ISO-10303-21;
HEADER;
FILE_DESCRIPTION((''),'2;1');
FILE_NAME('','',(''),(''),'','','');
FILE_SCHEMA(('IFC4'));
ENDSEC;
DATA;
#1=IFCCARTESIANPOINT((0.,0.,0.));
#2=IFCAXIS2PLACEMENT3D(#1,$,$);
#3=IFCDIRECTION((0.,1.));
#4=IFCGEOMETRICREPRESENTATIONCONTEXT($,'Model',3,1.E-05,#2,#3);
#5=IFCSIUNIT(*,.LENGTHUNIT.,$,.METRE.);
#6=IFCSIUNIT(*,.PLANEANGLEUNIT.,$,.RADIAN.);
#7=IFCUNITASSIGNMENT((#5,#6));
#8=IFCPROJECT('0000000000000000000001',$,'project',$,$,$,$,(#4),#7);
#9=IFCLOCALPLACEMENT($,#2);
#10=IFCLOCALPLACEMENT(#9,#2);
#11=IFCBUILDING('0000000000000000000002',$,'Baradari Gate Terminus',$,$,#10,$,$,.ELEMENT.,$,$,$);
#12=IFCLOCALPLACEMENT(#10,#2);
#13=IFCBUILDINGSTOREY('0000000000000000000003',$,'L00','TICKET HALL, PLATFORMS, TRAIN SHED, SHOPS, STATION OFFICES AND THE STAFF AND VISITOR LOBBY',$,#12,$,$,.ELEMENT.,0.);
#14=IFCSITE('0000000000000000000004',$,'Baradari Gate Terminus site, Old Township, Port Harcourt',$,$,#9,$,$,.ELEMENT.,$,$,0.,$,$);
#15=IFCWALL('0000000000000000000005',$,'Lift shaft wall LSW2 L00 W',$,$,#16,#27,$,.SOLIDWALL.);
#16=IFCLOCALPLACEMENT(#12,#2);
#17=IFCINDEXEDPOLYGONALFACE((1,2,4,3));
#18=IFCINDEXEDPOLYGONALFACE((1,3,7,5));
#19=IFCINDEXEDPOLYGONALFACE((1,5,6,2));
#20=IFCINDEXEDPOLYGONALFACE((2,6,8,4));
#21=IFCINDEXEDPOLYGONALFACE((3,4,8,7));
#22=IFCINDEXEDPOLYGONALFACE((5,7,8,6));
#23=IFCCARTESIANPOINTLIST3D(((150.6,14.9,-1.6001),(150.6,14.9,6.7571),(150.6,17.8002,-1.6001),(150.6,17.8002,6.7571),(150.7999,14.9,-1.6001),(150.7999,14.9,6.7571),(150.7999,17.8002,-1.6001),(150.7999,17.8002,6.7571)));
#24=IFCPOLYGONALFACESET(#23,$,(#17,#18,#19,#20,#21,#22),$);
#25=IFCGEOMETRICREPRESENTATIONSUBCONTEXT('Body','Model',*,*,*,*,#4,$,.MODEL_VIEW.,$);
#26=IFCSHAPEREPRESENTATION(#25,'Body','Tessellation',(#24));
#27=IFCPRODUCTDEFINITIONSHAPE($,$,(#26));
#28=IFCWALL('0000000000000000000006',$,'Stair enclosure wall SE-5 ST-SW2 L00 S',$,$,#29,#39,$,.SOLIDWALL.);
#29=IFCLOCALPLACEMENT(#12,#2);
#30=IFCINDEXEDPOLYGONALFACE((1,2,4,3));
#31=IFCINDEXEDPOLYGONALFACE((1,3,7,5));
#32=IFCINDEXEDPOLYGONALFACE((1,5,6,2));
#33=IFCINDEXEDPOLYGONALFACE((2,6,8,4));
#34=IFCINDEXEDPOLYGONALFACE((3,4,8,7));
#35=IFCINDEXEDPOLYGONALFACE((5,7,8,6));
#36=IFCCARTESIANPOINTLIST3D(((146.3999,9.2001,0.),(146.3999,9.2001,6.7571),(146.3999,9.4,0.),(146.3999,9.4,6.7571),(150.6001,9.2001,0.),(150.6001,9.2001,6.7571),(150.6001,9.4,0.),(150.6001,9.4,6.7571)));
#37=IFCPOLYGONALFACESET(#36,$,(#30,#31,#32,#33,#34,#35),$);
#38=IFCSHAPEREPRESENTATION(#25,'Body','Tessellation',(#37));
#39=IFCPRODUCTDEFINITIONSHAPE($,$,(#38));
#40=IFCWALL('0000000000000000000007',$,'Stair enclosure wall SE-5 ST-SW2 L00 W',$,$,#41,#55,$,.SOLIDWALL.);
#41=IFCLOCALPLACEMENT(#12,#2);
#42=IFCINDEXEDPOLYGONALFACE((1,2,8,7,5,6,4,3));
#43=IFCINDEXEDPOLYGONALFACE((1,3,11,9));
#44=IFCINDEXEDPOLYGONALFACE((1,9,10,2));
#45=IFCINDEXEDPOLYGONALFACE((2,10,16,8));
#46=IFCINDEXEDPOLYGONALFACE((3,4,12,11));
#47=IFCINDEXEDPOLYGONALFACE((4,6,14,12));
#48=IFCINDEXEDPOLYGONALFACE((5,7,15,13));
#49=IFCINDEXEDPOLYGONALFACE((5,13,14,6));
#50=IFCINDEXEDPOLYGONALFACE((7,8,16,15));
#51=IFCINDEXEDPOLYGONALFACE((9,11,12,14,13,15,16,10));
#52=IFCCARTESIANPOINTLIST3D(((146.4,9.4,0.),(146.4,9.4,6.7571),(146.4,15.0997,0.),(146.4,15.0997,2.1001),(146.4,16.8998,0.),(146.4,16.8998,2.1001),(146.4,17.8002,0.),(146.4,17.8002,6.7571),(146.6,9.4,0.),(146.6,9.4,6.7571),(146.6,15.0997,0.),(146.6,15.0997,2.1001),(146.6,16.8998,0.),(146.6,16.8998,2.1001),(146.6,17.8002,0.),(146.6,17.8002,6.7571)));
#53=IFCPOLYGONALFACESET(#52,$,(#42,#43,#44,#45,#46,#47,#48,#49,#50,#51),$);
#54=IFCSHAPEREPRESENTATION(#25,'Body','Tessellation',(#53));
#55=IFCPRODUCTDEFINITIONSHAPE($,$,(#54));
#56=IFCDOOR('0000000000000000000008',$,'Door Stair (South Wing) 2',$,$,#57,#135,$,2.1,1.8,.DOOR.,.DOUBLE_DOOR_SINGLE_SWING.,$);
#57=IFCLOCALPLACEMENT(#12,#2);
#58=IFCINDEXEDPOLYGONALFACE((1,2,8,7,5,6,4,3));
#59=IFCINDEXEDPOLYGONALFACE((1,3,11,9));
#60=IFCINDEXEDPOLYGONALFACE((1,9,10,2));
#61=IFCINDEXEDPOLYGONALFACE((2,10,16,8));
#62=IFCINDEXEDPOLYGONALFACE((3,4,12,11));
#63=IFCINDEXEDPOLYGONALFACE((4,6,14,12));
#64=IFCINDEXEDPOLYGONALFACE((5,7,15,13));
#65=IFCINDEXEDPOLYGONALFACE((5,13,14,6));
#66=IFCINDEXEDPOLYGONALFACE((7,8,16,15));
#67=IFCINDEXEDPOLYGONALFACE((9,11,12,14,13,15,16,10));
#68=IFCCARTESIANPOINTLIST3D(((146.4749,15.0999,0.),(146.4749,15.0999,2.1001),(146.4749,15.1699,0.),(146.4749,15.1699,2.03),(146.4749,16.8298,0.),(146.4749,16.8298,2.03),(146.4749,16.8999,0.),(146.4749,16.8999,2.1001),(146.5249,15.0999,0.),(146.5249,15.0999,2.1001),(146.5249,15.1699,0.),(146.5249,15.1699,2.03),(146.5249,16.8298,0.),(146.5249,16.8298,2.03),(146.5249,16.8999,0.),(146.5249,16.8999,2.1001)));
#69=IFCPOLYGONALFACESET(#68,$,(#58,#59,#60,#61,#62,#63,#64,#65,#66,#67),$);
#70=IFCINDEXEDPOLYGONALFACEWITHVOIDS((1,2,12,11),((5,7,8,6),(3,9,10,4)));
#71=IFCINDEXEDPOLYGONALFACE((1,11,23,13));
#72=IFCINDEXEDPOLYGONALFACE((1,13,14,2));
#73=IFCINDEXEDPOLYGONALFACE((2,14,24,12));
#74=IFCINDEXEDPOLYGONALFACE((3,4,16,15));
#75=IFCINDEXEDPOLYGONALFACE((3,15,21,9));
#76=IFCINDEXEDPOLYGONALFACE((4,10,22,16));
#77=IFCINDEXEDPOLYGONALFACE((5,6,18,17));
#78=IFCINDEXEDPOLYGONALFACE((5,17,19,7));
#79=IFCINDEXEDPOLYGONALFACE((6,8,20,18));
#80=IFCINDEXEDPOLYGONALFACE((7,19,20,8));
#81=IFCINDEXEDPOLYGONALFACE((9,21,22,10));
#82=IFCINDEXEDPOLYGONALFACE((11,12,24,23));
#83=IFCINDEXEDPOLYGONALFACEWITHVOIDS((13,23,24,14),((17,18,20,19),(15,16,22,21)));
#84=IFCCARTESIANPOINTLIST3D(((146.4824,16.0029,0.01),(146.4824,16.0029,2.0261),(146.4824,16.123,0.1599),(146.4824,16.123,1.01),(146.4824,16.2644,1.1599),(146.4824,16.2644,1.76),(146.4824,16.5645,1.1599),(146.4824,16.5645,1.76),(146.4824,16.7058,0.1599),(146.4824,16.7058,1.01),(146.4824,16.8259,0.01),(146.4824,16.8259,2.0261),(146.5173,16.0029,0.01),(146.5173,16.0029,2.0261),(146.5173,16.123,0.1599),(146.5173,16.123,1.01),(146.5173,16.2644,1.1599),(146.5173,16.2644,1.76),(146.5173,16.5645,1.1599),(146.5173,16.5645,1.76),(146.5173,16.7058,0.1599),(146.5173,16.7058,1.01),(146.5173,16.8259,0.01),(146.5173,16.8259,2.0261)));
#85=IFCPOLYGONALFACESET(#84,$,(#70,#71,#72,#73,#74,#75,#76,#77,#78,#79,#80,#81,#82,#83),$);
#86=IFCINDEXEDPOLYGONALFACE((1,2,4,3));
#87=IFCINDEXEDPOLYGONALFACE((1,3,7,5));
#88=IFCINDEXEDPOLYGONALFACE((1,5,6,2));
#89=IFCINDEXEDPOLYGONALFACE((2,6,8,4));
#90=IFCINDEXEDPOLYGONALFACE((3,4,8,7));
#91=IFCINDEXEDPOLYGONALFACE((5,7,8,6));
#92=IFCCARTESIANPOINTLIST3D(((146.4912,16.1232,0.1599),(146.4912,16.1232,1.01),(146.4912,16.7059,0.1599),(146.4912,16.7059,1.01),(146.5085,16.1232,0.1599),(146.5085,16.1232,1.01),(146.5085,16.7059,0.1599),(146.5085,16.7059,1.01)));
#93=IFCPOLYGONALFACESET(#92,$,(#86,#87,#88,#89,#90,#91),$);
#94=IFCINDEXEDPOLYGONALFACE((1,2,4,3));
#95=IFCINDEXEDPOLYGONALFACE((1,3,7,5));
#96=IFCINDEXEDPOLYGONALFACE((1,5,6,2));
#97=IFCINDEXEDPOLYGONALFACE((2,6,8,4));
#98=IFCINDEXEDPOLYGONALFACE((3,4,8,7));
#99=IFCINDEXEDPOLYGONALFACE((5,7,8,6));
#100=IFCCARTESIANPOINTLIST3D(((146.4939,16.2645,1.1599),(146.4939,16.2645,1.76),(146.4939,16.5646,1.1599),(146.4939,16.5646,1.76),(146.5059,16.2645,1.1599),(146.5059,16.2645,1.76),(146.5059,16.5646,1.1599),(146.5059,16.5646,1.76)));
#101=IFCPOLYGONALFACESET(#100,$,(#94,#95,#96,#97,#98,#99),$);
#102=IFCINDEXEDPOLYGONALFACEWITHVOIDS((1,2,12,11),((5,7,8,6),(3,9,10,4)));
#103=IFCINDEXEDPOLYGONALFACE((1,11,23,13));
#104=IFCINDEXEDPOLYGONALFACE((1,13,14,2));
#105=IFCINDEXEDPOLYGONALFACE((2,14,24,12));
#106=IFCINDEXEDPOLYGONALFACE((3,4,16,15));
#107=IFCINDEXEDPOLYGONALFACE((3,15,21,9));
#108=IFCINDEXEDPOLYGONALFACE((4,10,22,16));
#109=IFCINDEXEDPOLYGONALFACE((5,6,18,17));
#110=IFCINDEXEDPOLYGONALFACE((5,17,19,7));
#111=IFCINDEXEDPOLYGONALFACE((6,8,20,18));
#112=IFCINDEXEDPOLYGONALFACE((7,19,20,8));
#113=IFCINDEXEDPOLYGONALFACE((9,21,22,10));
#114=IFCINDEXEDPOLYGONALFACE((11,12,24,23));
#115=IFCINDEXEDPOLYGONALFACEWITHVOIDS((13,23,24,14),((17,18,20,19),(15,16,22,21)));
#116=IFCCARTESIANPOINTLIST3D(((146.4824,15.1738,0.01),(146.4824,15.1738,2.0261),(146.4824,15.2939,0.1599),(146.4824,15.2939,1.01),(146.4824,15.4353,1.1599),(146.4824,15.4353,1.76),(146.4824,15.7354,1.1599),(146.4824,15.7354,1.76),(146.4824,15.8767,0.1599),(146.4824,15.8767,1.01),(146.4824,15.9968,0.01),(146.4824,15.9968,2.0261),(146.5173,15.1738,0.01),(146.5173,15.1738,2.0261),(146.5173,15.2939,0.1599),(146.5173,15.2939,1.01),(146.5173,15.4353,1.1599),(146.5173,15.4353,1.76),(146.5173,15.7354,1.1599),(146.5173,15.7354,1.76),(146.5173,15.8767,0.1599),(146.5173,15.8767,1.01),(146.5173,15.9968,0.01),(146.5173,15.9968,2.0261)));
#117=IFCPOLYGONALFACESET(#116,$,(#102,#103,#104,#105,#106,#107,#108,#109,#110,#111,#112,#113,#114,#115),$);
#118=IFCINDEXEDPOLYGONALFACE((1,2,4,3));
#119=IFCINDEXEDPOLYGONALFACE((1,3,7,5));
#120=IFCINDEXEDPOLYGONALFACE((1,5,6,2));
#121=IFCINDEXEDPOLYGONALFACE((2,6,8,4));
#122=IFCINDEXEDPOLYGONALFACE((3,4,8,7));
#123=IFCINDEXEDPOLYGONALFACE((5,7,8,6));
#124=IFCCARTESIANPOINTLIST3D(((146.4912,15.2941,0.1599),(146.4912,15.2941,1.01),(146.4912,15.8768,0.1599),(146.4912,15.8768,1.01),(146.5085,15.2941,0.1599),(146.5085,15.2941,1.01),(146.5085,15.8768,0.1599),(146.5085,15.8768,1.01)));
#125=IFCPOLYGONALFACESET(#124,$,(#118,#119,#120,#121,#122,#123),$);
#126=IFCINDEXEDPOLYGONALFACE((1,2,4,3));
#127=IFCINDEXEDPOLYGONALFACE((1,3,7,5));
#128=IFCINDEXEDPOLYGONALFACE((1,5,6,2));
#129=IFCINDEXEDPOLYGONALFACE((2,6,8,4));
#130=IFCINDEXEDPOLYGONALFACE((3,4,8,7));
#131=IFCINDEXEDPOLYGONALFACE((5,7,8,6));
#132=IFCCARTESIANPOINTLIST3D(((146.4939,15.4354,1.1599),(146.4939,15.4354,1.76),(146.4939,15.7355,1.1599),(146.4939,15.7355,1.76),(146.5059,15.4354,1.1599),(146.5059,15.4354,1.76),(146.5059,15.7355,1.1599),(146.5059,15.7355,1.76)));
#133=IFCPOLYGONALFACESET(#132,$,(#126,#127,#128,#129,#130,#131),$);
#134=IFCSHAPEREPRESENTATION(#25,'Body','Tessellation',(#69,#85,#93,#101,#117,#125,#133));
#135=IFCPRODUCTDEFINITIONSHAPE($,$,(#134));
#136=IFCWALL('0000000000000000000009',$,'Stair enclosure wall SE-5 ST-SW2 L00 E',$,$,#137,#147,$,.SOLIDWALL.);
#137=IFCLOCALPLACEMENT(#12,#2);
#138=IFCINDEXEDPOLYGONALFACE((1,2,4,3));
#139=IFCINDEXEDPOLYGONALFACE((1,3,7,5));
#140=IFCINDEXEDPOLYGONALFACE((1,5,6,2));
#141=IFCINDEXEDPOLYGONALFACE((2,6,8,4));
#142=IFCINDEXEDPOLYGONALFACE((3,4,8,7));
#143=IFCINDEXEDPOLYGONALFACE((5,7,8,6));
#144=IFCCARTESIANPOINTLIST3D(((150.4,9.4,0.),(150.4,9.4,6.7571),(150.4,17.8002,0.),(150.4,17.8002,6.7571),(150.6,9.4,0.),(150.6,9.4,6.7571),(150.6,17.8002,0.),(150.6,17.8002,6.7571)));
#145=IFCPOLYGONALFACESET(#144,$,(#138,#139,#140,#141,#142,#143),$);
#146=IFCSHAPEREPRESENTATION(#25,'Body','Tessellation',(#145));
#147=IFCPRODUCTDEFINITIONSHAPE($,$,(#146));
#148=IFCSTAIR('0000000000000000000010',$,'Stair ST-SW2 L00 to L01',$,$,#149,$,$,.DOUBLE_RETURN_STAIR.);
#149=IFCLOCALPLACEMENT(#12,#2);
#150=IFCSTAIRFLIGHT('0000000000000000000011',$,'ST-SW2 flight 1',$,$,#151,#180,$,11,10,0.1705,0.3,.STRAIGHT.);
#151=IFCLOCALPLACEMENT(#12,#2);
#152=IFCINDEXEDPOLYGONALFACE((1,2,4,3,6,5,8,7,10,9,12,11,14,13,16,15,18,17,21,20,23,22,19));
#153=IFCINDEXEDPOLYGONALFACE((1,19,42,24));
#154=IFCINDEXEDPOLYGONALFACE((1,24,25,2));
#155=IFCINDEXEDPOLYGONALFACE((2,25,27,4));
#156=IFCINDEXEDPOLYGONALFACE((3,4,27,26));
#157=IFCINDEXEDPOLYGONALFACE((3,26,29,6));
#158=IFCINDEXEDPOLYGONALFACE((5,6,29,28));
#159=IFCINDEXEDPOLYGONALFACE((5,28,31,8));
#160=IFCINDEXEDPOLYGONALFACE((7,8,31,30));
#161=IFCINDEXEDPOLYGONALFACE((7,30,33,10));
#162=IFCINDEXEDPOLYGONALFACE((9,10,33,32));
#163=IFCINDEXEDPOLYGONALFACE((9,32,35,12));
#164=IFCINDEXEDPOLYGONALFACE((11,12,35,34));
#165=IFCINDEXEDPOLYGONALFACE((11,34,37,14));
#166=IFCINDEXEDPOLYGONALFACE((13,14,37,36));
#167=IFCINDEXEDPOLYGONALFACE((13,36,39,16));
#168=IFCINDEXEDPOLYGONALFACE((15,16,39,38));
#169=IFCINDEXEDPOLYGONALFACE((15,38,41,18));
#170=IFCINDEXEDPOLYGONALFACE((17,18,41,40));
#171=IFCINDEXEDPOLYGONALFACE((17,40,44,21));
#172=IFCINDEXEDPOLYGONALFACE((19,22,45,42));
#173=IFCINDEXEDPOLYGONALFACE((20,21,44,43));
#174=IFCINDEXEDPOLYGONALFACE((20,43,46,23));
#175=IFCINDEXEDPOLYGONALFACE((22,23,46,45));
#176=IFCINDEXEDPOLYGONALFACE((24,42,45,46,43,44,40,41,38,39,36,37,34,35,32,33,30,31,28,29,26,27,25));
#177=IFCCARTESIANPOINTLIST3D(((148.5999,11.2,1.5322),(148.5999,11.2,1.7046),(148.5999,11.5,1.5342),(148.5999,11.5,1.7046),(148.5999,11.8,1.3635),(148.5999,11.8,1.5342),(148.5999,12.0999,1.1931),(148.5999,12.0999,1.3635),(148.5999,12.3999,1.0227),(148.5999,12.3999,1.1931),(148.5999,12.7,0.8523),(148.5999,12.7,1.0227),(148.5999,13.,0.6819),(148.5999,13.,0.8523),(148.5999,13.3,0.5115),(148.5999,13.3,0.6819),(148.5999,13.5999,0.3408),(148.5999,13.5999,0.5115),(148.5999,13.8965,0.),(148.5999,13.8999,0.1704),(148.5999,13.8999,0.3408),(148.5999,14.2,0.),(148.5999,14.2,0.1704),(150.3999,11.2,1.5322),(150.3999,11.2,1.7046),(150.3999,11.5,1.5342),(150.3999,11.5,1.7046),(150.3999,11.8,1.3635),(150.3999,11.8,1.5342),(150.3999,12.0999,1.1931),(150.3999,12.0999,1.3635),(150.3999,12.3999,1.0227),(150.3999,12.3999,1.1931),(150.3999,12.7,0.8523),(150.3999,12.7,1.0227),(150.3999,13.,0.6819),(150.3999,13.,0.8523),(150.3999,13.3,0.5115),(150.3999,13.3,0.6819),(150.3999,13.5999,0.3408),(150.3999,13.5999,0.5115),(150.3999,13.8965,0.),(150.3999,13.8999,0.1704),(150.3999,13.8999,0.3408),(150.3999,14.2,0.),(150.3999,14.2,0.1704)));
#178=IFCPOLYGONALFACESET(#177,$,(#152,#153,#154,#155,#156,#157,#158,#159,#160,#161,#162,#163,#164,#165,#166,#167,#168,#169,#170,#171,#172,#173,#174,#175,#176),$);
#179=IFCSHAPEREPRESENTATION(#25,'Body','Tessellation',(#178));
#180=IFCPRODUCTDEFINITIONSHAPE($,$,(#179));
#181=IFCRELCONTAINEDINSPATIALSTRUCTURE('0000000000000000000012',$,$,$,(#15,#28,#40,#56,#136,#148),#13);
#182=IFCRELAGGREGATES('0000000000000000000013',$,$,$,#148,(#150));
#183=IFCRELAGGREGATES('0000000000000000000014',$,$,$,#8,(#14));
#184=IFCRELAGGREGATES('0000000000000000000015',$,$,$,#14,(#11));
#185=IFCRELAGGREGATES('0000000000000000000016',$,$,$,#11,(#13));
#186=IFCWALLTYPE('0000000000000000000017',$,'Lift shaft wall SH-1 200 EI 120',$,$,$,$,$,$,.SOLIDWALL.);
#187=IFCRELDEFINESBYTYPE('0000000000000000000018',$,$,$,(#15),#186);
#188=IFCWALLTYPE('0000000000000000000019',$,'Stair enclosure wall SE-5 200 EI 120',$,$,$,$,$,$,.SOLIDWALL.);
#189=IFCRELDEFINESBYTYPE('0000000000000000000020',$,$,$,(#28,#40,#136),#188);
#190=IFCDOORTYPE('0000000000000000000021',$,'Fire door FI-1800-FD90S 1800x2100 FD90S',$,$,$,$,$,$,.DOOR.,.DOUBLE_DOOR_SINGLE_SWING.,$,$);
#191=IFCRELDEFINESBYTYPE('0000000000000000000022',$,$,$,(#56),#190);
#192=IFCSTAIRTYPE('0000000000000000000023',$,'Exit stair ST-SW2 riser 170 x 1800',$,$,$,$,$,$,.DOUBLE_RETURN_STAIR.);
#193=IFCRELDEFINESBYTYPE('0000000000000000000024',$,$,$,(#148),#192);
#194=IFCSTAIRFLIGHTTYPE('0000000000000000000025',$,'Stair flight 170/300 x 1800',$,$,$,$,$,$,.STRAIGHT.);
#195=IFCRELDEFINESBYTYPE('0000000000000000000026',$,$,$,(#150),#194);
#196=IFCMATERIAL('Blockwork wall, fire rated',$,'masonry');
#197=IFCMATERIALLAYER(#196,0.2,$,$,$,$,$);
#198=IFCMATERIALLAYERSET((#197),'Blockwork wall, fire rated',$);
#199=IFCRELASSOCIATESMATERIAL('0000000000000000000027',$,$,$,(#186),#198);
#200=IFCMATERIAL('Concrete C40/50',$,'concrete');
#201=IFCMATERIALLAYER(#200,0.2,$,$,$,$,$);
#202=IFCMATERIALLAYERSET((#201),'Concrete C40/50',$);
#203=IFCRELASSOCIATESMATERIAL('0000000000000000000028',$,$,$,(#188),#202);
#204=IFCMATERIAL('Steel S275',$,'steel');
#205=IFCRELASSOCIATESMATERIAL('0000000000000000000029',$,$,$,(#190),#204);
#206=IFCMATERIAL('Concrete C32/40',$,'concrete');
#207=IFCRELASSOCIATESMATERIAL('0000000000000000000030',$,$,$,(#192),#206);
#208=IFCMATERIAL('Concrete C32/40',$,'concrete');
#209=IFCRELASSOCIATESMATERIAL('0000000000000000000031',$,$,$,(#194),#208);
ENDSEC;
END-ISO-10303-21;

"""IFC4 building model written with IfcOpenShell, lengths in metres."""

from ifc_helpers import new_model, si_unit, direction, frame, frame_2d, origin, place, context, subcontext, project, spatial, polyline, rectangle, outline, extrude, material, layer, layer_set, type_object, element, fill, aggregate, save


model = new_model("IFC4")

# Units and contexts
model_context = context("Model", 3, precision=1e-05, world=origin(), true_north=direction((0.0, 1.0)))
body_context = subcontext(model_context, "Body", "Model", "MODEL_VIEW")
ifc_project = project(units=[si_unit("LENGTHUNIT", "METRE"), si_unit("PLANEANGLEUNIT", "RADIAN")], contexts=[model_context])

# Site, building, storey
site_placement = place(None, origin())
site = spatial("IfcSite", under=ifc_project, at=site_placement, Name="Baradari Gate Terminus site, Old Township, Port Harcourt", CompositionType="ELEMENT", RefElevation=0.0)
building_placement = place(site_placement, origin())
building = spatial("IfcBuilding", under=site, at=building_placement, Name="Baradari Gate Terminus", CompositionType="ELEMENT")
storey_placement = place(building_placement, origin())
storey = spatial("IfcBuildingStorey", under=building, at=storey_placement, Name="L00", Description="TICKET HALL, PLATFORMS, TRAIN SHED, SHOPS, STATION OFFICES AND THE STAFF AND VISITOR LOBBY", CompositionType="ELEMENT", Elevation=0.0)

# Wall
ifc_material_1 = material(Name="Blockwork wall, fire rated", Category="masonry")
ifc_layer_1 = layer(ifc_material_1, 0.2)
ifc_layer_set_1 = layer_set([ifc_layer_1], Name="Blockwork wall, fire rated")
wall_type_1 = type_object("IfcWallType", Name="Lift shaft wall SH-1 200 EI 120", PredefinedType="SOLIDWALL", material=ifc_layer_set_1)
wall_1_placement = place(storey_placement, frame((150.7, 14.8999, -1.6001), z_axis=(0.0, 0.0, 1.0), x_axis=(0.0, 1.0, 0.0)))
element("IfcWall", 1, at=wall_1_placement, inside=storey, type_object=wall_type_1, Name="Lift shaft wall LSW2 L00 W", PredefinedType="SOLIDWALL", context=body_context, shape_type="SweptSolid", body=[
    extrude(rectangle(XDim=2.9001, YDim=0.2, at=frame_2d((1.4502, 0.0))), origin(), (0.0, 0.0, 1.0), 8.3572),
])

# Wall
ifc_material_2 = material(Name="Concrete C40/50", Category="concrete")
ifc_layer_2 = layer(ifc_material_2, 0.2)
ifc_layer_set_2 = layer_set([ifc_layer_2], Name="Concrete C40/50")
wall_type_2 = type_object("IfcWallType", Name="Stair enclosure wall SE-5 200 EI 120", PredefinedType="SOLIDWALL", material=ifc_layer_set_2)
wall_2_placement = place(storey_placement, frame((146.3999, 9.3, 0.0), z_axis=(0.0, 0.0, 1.0), x_axis=(1.0, 0.0, 0.0)))
element("IfcWall", 2, at=wall_2_placement, inside=storey, type_object=wall_type_2, Name="Stair enclosure wall SE-5 ST-SW2 L00 S", PredefinedType="SOLIDWALL", context=body_context, shape_type="SweptSolid", body=[
    extrude(rectangle(XDim=4.2002, YDim=0.2, at=frame_2d((2.1001, 0.0))), origin(), (0.0, 0.0, 1.0), 6.7571),
])

# Wall, opening, door
wall_3_placement = place(storey_placement, frame((146.5, 9.3999, 0.0), z_axis=(0.0, 0.0, 1.0), x_axis=(0.0, 1.0, 0.0)))
wall_3 = element("IfcWall", 3, at=wall_3_placement, inside=storey, type_object=wall_type_2, Name="Stair enclosure wall SE-5 ST-SW2 L00 W", PredefinedType="SOLIDWALL", context=body_context, shape_type="SweptSolid", body=[
    extrude(rectangle(XDim=8.4001, YDim=0.2, at=frame_2d((4.2002, 0.0))), origin(), (0.0, 0.0, 1.0), 6.7571),
])
opening_1_placement = place(wall_3_placement, frame((5.7, 0.0, 0.0)))
opening_1 = element("IfcOpeningElement", 4, at=opening_1_placement, cuts=wall_3, PredefinedType="OPENING", context=body_context, shape_type="SweptSolid", body=[
    extrude(rectangle(XDim=1.8, YDim=2.1001, at=frame_2d((0.8999, 1.05))), frame((0.0, 0.1099, 0.0), z_axis=(0.0, -1.0, 0.0), x_axis=(1.0, 0.0, 0.0)), (0.0, 0.0, 1.0), 0.22),
])
ifc_material_3 = material(Name="Steel S275", Category="steel")
door_type = type_object("IfcDoorType", Name="Fire door FI-1800-FD90S 1800x2100 FD90S", OperationType="DOUBLE_DOOR_SINGLE_SWING", PredefinedType="DOOR", material=ifc_material_3)
door_placement = place(opening_1_placement, frame((1.8, 0.0, 0.0), z_axis=(0.0, 0.0, 1.0), x_axis=(-1.0, 0.0, 0.0)))
door = element("IfcDoor", 5, at=door_placement, inside=storey, type_object=door_type, Name="Door Stair (South Wing) 2", OperationType="DOUBLE_DOOR_SINGLE_SWING", OverallHeight=2.1, OverallWidth=1.8, PredefinedType="DOOR", context=body_context, shape_type="SweptSolid", body=[
    extrude(outline(polyline([(0.0, 0.0), (0.0701, 0.0), (0.0701, 2.03), (1.73, 2.03), (1.73, 0.0), (1.8, 0.0), (1.8, 2.1001), (0.0, 2.1001), (0.0, 0.0)])), frame((0.0, 0.0249, 0.0), z_axis=(0.0, -1.0, 0.0), x_axis=(1.0, 0.0, 0.0)), (0.0, 0.0, 1.0), 0.05),
    extrude(outline(polyline([(0.074, 0.01), (0.897, 0.01), (0.897, 2.0261), (0.074, 2.0261), (0.074, 0.01)]), holes=[polyline([(0.1941, 0.1599), (0.7769, 0.1599), (0.7769, 1.01), (0.1941, 1.01), (0.1941, 0.1599)]), polyline([(0.3354, 1.1599), (0.6355, 1.1599), (0.6355, 1.76), (0.3354, 1.76), (0.3354, 1.1599)])]), frame((0.0, 0.0173, 0.0), z_axis=(0.0, -1.0, 0.0), x_axis=(1.0, 0.0, 0.0)), (0.0, 0.0, 1.0), 0.0349),
    extrude(rectangle(XDim=0.5828, YDim=0.8501, at=frame_2d((0.4854, 0.585))), frame((0.0, 0.0085, 0.0), z_axis=(0.0, -1.0, 0.0), x_axis=(1.0, 0.0, 0.0)), (0.0, 0.0, 1.0), 0.0173),
    extrude(rectangle(XDim=0.3, YDim=0.6001, at=frame_2d((0.4854, 1.46))), frame((0.0, 0.0059, 0.0), z_axis=(0.0, -1.0, 0.0), x_axis=(1.0, 0.0, 0.0)), (0.0, 0.0, 1.0), 0.012),
    extrude(outline(polyline([(0.9031, 0.01), (1.7261, 0.01), (1.7261, 2.0261), (0.9031, 2.0261), (0.9031, 0.01)]), holes=[polyline([(1.0232, 0.1599), (1.606, 0.1599), (1.606, 1.01), (1.0232, 1.01), (1.0232, 0.1599)]), polyline([(1.1646, 1.1599), (1.4646, 1.1599), (1.4646, 1.76), (1.1646, 1.76), (1.1646, 1.1599)])]), frame((0.0, 0.0173, 0.0), z_axis=(0.0, -1.0, 0.0), x_axis=(1.0, 0.0, 0.0)), (0.0, 0.0, 1.0), 0.0349),
    extrude(rectangle(XDim=0.5828, YDim=0.8501, at=frame_2d((1.3145, 0.585))), frame((0.0, 0.0085, 0.0), z_axis=(0.0, -1.0, 0.0), x_axis=(1.0, 0.0, 0.0)), (0.0, 0.0, 1.0), 0.0173),
    extrude(rectangle(XDim=0.3, YDim=0.6001, at=frame_2d((1.3145, 1.46))), frame((0.0, 0.0059, 0.0), z_axis=(0.0, -1.0, 0.0), x_axis=(1.0, 0.0, 0.0)), (0.0, 0.0, 1.0), 0.012),
])
fill(opening_1, door)

# Wall
wall_4_placement = place(storey_placement, frame((150.5, 9.3999, 0.0), z_axis=(0.0, 0.0, 1.0), x_axis=(0.0, 1.0, 0.0)))
element("IfcWall", 6, at=wall_4_placement, inside=storey, type_object=wall_type_2, Name="Stair enclosure wall SE-5 ST-SW2 L00 E", PredefinedType="SOLIDWALL", context=body_context, shape_type="SweptSolid", body=[
    extrude(rectangle(XDim=8.4001, YDim=0.2, at=frame_2d((4.2002, 0.0))), origin(), (0.0, 0.0, 1.0), 6.7571),
])

# Stair, stair flight
ifc_material_4 = material(Name="Concrete C32/40", Category="concrete")
stair_type = type_object("IfcStairType", Name="Exit stair ST-SW2 riser 170 x 1800", PredefinedType="DOUBLE_RETURN_STAIR", material=ifc_material_4)
stair_placement = place(storey_placement, origin())
stair = element("IfcStair", 7, at=stair_placement, inside=storey, type_object=stair_type, Name="Stair ST-SW2 L00 to L01", PredefinedType="DOUBLE_RETURN_STAIR")
ifc_material_5 = material(Name="Concrete C32/40", Category="concrete")
stair_flight_type = type_object("IfcStairFlightType", Name="Stair flight 170/300 x 1800", PredefinedType="STRAIGHT", material=ifc_material_5)
stair_flight_1_placement = place(storey_placement, frame((149.5, 14.2, 0.0), z_axis=(0.0, 0.0, 1.0), x_axis=(0.0, -1.0, 0.0)))
stair_flight_1 = element("IfcStairFlight", 8, at=stair_flight_1_placement, type_object=stair_flight_type, Name="ST-SW2 flight 1", NumberOfRisers=11, NumberOfTreads=10, PredefinedType="STRAIGHT", RiserHeight=0.1705, TreadLength=0.3, context=body_context, shape_type="SweptSolid", body=[
    extrude(outline(polyline([(0.0, 0.0), (0.0, 0.1704), (0.3, 0.1704), (0.3, 0.3408), (0.6001, 0.3408), (0.6001, 0.5115), (0.8999, 0.5115), (0.8999, 0.6819), (1.2, 0.6819), (1.2, 0.8523), (1.5, 0.8523), (1.5, 1.0227), (1.8, 1.0227), (1.8, 1.1931), (2.1001, 1.1931), (2.1001, 1.3635), (2.3999, 1.3635), (2.3999, 1.5342), (2.7, 1.5342), (2.7, 1.7046), (3.0, 1.7046), (3.0, 1.875), (3.0, 1.5322), (0.3035, 0.0), (0.0, 0.0)])), frame((0.0, 0.8999, 0.0), z_axis=(0.0, -1.0, 0.0), x_axis=(1.0, 0.0, 0.0)), (0.0, 0.0, 1.0), 1.8),
])
aggregate(stair, [stair_flight_1])

save(model, "model.ifc")
